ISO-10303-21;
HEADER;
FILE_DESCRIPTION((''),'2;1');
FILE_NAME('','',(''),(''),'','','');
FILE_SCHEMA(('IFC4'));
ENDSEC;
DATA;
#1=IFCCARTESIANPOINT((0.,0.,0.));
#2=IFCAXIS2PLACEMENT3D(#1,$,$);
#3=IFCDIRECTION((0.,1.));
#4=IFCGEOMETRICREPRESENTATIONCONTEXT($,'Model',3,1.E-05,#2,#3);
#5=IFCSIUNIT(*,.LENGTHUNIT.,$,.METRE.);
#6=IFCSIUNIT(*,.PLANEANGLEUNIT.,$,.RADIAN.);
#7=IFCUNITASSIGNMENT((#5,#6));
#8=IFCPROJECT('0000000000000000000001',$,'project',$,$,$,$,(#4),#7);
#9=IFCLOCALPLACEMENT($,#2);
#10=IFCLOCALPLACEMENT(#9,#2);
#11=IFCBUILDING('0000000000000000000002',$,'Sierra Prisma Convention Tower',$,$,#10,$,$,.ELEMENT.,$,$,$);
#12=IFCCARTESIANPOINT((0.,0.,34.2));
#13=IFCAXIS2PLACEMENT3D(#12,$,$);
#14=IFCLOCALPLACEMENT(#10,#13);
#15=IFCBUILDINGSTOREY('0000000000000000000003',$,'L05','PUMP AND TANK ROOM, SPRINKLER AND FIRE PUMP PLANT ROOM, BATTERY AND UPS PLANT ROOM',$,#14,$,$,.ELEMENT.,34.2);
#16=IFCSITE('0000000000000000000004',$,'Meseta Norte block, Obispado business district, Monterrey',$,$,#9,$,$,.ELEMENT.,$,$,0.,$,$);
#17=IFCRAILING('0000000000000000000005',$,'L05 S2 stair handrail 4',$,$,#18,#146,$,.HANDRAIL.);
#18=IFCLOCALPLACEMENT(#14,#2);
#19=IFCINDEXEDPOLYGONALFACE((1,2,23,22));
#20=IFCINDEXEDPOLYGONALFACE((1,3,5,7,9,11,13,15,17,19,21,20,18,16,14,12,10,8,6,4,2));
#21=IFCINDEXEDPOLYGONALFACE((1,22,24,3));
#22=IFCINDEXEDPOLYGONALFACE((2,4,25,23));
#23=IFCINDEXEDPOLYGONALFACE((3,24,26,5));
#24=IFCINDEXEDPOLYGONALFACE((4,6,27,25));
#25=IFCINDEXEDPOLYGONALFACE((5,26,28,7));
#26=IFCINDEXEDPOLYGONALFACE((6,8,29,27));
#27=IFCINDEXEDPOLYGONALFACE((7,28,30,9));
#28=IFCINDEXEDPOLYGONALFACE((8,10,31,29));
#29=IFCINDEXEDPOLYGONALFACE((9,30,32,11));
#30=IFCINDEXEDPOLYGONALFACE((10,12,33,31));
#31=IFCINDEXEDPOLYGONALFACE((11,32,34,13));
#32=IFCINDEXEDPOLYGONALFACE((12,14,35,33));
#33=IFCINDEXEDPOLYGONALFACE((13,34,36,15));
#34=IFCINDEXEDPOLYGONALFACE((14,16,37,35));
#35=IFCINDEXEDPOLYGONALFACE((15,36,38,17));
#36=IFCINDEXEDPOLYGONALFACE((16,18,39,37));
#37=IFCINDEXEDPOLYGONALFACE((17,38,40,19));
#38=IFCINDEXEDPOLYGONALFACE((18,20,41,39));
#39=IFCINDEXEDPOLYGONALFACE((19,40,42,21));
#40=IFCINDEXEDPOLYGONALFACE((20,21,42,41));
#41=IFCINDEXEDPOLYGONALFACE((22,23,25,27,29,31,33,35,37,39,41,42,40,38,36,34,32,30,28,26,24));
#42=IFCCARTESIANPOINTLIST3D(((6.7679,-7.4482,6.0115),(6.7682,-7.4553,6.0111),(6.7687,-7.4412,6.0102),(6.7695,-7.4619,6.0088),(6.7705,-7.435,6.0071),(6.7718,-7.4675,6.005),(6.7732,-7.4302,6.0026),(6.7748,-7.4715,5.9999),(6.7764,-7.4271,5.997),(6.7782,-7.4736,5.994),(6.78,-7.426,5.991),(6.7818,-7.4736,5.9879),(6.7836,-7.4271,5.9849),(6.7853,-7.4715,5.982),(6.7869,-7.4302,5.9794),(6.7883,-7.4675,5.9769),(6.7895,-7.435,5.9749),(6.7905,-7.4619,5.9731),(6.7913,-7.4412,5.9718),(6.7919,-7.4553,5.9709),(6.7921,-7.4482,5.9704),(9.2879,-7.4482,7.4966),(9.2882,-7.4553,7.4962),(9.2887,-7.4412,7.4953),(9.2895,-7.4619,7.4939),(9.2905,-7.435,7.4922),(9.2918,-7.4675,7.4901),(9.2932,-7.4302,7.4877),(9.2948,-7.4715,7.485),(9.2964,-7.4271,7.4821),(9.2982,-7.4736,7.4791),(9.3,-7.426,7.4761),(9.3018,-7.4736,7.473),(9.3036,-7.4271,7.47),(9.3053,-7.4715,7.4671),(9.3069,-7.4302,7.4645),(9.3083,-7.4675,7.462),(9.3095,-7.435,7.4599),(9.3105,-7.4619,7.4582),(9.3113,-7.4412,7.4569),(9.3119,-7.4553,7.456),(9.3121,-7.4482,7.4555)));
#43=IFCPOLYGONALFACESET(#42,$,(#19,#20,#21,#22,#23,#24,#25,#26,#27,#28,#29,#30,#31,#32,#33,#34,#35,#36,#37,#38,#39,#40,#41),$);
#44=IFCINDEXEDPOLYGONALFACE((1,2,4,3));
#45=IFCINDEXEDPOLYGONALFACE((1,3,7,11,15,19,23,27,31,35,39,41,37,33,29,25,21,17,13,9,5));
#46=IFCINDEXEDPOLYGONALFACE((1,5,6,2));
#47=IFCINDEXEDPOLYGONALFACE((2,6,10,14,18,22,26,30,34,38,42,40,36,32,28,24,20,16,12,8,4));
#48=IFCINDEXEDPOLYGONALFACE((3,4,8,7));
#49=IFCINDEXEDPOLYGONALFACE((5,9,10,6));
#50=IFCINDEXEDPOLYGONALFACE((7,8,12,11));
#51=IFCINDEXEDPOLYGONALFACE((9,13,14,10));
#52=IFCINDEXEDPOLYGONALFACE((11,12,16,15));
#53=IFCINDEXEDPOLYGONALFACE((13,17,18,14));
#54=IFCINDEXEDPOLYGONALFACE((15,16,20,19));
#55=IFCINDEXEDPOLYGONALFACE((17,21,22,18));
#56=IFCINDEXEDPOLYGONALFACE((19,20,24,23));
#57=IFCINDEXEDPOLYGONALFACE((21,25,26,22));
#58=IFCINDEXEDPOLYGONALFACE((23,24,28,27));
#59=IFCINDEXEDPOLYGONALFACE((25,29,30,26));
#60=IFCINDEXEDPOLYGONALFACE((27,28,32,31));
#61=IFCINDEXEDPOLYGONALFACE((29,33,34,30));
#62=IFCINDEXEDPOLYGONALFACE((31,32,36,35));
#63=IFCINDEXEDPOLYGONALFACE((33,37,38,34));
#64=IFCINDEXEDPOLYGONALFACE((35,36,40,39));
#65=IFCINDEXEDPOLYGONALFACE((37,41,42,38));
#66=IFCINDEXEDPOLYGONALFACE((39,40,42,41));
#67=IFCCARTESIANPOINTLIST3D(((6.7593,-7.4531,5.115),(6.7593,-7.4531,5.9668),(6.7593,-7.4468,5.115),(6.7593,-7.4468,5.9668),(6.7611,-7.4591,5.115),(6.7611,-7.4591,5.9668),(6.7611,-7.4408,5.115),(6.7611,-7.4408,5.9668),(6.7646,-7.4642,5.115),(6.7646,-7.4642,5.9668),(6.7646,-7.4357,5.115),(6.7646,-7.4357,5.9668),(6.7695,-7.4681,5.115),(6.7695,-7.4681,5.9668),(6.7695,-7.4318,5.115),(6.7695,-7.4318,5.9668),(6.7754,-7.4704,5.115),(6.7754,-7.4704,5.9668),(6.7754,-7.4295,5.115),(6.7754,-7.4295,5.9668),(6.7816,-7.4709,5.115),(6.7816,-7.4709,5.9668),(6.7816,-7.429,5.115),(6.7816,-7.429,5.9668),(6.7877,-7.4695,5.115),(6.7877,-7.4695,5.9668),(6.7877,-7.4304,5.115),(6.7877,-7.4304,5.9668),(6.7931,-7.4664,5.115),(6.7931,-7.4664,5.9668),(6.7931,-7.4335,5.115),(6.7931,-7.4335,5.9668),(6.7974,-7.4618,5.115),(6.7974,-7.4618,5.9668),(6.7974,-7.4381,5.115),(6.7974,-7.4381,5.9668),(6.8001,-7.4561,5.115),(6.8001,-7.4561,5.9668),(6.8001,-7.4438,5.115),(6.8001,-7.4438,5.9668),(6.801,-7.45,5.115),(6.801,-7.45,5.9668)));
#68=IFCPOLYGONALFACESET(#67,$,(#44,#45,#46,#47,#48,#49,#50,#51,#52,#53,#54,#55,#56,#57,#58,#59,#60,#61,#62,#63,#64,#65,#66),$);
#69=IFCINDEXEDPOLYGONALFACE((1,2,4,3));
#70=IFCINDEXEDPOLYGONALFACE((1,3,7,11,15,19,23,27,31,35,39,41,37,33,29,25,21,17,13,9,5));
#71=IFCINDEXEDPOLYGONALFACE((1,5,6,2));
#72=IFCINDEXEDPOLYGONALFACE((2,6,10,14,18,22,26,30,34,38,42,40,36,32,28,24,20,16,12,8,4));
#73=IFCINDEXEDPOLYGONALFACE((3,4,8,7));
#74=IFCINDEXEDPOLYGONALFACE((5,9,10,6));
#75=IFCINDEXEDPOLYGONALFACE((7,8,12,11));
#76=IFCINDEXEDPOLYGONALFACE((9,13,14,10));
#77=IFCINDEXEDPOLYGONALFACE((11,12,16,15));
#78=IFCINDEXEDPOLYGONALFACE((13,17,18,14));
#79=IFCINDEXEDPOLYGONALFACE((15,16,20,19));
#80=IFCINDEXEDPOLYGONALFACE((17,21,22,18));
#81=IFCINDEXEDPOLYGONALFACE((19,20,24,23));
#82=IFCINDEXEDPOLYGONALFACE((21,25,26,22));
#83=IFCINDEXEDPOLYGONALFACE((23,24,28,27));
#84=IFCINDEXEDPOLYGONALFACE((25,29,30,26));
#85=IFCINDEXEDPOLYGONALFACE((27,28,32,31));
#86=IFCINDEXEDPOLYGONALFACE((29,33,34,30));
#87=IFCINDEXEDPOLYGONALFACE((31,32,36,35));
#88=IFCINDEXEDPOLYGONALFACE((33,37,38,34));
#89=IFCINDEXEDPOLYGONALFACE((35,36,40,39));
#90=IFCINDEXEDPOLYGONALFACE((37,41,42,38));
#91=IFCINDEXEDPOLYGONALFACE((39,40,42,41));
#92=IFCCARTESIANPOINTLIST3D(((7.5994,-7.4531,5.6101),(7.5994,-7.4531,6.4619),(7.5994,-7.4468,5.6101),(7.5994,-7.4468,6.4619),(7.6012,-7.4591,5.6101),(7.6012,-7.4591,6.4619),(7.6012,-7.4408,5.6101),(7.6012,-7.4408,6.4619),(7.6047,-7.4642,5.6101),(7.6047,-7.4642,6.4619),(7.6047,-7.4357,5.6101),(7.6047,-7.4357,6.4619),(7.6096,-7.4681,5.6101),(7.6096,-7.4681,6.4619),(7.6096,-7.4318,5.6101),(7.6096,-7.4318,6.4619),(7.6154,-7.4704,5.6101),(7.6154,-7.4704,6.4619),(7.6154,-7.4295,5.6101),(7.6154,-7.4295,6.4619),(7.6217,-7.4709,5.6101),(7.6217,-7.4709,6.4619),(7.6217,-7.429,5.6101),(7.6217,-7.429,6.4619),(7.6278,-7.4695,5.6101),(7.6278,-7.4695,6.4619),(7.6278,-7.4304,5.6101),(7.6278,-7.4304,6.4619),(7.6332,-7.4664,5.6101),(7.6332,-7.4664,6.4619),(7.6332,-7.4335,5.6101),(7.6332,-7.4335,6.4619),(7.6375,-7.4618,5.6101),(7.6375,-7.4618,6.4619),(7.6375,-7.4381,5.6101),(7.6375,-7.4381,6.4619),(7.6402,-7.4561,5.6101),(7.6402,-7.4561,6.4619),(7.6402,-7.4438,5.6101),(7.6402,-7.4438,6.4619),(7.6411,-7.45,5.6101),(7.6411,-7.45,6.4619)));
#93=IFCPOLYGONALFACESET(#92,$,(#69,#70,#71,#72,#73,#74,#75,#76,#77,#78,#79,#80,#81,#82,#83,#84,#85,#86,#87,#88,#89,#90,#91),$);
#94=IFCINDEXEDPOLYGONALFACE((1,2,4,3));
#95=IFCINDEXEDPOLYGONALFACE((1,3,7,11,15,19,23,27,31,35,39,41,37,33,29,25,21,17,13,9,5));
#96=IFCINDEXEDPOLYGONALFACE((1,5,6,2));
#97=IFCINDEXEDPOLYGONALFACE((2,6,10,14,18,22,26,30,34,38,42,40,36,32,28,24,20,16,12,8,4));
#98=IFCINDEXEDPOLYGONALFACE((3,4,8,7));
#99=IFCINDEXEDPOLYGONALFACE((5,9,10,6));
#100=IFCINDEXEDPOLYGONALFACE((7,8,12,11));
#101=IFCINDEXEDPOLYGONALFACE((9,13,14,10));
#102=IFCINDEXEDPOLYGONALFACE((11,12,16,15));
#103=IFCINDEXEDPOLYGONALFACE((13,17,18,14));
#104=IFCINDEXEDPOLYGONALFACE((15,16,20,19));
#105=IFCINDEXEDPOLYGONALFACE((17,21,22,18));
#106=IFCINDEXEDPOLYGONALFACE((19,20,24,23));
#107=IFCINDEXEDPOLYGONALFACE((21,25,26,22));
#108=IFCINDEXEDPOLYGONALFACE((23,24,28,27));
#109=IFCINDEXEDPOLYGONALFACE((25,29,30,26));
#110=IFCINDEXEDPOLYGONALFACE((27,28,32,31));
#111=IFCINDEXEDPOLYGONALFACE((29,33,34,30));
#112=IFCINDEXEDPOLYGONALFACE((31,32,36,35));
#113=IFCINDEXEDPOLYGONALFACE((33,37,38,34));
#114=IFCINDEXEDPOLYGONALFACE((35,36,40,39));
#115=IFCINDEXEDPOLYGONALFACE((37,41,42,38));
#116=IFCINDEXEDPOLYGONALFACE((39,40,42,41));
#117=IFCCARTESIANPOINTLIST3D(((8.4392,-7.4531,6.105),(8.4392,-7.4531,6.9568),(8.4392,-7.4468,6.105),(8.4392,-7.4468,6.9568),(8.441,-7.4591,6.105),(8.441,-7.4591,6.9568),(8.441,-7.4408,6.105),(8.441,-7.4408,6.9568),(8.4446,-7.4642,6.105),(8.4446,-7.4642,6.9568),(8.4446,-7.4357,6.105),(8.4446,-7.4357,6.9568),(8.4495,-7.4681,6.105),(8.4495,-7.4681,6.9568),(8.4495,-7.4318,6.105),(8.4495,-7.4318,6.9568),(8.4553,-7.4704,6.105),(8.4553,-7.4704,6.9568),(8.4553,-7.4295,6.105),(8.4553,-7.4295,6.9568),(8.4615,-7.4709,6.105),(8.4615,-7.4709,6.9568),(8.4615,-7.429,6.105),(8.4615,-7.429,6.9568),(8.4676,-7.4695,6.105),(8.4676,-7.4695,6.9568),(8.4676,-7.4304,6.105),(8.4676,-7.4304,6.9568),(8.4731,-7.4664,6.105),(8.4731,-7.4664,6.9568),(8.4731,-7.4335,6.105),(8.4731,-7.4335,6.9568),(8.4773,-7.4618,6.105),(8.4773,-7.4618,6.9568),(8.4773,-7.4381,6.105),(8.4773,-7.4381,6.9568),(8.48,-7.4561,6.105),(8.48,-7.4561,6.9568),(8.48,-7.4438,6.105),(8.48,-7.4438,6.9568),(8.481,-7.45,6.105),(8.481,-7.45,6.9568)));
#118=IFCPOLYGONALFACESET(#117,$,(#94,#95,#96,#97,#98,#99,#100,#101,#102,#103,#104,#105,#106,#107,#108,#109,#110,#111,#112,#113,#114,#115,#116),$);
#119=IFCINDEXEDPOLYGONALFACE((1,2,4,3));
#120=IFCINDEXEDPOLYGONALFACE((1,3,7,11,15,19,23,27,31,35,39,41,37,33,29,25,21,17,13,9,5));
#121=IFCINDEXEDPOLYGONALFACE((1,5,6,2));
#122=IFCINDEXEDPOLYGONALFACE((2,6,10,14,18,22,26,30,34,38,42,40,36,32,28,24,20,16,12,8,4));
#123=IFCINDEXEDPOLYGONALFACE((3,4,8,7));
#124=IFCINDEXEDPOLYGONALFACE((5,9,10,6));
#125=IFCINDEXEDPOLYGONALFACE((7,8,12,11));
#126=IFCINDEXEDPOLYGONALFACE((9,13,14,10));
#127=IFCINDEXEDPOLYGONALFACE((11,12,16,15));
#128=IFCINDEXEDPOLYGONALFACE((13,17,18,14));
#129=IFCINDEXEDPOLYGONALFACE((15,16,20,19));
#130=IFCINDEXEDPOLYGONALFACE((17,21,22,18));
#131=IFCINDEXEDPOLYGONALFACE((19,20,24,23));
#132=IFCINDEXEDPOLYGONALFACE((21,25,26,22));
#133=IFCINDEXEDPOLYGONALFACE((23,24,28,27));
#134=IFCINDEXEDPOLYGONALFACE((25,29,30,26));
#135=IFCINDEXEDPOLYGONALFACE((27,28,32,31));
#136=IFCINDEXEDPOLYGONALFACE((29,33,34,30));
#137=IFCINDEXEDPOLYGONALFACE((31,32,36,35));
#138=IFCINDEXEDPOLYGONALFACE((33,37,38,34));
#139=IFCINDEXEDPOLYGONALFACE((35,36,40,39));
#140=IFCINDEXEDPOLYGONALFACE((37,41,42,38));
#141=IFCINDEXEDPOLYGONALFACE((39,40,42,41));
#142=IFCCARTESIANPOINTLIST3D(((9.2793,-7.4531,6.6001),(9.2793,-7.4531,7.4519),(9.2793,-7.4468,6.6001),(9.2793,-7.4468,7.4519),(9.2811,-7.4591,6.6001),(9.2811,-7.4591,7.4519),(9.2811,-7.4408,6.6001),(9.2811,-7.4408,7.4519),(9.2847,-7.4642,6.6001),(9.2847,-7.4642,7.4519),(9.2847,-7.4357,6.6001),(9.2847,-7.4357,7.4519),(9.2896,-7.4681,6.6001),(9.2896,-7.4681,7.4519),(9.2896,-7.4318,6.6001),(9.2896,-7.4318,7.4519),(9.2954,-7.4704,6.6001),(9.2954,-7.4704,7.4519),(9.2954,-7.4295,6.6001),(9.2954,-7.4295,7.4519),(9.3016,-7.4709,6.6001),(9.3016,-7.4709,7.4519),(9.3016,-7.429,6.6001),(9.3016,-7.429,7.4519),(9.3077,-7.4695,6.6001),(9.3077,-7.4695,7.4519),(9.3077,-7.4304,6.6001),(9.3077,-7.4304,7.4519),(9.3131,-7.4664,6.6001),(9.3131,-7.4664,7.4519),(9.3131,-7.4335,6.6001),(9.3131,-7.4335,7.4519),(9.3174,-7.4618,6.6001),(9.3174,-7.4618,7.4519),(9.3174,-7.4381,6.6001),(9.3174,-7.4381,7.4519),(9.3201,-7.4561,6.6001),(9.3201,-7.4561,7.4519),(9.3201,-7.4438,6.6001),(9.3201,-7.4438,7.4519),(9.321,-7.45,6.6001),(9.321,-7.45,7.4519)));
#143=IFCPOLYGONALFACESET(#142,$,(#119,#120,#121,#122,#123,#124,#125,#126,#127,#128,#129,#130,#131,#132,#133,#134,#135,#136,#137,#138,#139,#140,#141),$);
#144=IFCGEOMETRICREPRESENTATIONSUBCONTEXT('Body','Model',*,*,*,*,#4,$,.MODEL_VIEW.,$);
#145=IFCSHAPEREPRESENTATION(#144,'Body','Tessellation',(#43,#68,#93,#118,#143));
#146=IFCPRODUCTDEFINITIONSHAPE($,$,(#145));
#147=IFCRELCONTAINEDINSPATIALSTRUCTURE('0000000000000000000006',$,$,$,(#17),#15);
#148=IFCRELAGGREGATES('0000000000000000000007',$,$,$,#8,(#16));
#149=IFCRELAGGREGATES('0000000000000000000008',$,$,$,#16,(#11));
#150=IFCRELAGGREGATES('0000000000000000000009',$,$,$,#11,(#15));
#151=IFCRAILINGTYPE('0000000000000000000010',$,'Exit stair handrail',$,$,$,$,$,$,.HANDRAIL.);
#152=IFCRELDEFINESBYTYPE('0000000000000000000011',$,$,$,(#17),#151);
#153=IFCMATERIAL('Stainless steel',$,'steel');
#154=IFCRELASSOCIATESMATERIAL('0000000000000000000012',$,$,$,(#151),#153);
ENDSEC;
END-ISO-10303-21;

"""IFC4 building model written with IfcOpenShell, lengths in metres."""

from ifc_helpers import new_model, si_unit, direction, frame, origin, origin_2d, place, context, subcontext, project, spatial, circle, extrude, material, type_object, element, save


model = new_model("IFC4")

# Units and contexts
model_context = context("Model", 3, precision=1e-05, world=origin(), true_north=direction((0.0, 1.0)))
body_context = subcontext(model_context, "Body", "Model", "MODEL_VIEW")
ifc_project = project(units=[si_unit("LENGTHUNIT", "METRE"), si_unit("PLANEANGLEUNIT", "RADIAN")], contexts=[model_context])

# Site, building, storey
site_placement = place(None, origin())
site = spatial("IfcSite", under=ifc_project, at=site_placement, Name="Meseta Norte block, Obispado business district, Monterrey", CompositionType="ELEMENT", RefElevation=0.0)
building_placement = place(site_placement, origin())
building = spatial("IfcBuilding", under=site, at=building_placement, Name="Sierra Prisma Convention Tower", CompositionType="ELEMENT")
storey_placement = place(building_placement, frame((0.0, 0.0, 34.2)))
storey = spatial("IfcBuildingStorey", under=building, at=storey_placement, Name="L05", Description="PUMP AND TANK ROOM, SPRINKLER AND FIRE PUMP PLANT ROOM, BATTERY AND UPS PLANT ROOM", CompositionType="ELEMENT", Elevation=34.2)

# Railing
ifc_material_1 = material(Name="Stainless steel", Category="steel")
railing_type = type_object("IfcRailingType", Name="Exit stair handrail", PredefinedType="HANDRAIL", material=ifc_material_1)
for number, where, name in (
    (1, (6.78, -7.45, 5.115), "L05 S2 stair handrail 4"),
):
    element("IfcRailing", number, at=place(storey_placement, frame(where)), inside=storey, type_object=railing_type, Name=name, PredefinedType="HANDRAIL", context=body_context, shape_type="SweptSolid", body=[
        extrude(circle(Radius=0.0239, at=origin_2d()), frame((0.0, 0.0, 0.876), z_axis=(0.861524, 0.0, 0.507717), x_axis=(0.0, 1.0, 0.0)), (0.0, 0.0, 1.0), 2.925),
        extrude(circle(Radius=0.021, at=origin_2d()), origin(), (0.0, 0.0, 1.0), 0.8518),
        extrude(circle(Radius=0.021, at=origin_2d()), frame((0.8401, 0.0, 0.4951)), (0.0, 0.0, 1.0), 0.8518),
        extrude(circle(Radius=0.021, at=origin_2d()), frame((1.6799, 0.0, 0.99)), (0.0, 0.0, 1.0), 0.8518),
        extrude(circle(Radius=0.021, at=origin_2d()), frame((2.52, 0.0, 1.4851)), (0.0, 0.0, 1.0), 0.8518),
    ])

save(model, "model.ifc")
